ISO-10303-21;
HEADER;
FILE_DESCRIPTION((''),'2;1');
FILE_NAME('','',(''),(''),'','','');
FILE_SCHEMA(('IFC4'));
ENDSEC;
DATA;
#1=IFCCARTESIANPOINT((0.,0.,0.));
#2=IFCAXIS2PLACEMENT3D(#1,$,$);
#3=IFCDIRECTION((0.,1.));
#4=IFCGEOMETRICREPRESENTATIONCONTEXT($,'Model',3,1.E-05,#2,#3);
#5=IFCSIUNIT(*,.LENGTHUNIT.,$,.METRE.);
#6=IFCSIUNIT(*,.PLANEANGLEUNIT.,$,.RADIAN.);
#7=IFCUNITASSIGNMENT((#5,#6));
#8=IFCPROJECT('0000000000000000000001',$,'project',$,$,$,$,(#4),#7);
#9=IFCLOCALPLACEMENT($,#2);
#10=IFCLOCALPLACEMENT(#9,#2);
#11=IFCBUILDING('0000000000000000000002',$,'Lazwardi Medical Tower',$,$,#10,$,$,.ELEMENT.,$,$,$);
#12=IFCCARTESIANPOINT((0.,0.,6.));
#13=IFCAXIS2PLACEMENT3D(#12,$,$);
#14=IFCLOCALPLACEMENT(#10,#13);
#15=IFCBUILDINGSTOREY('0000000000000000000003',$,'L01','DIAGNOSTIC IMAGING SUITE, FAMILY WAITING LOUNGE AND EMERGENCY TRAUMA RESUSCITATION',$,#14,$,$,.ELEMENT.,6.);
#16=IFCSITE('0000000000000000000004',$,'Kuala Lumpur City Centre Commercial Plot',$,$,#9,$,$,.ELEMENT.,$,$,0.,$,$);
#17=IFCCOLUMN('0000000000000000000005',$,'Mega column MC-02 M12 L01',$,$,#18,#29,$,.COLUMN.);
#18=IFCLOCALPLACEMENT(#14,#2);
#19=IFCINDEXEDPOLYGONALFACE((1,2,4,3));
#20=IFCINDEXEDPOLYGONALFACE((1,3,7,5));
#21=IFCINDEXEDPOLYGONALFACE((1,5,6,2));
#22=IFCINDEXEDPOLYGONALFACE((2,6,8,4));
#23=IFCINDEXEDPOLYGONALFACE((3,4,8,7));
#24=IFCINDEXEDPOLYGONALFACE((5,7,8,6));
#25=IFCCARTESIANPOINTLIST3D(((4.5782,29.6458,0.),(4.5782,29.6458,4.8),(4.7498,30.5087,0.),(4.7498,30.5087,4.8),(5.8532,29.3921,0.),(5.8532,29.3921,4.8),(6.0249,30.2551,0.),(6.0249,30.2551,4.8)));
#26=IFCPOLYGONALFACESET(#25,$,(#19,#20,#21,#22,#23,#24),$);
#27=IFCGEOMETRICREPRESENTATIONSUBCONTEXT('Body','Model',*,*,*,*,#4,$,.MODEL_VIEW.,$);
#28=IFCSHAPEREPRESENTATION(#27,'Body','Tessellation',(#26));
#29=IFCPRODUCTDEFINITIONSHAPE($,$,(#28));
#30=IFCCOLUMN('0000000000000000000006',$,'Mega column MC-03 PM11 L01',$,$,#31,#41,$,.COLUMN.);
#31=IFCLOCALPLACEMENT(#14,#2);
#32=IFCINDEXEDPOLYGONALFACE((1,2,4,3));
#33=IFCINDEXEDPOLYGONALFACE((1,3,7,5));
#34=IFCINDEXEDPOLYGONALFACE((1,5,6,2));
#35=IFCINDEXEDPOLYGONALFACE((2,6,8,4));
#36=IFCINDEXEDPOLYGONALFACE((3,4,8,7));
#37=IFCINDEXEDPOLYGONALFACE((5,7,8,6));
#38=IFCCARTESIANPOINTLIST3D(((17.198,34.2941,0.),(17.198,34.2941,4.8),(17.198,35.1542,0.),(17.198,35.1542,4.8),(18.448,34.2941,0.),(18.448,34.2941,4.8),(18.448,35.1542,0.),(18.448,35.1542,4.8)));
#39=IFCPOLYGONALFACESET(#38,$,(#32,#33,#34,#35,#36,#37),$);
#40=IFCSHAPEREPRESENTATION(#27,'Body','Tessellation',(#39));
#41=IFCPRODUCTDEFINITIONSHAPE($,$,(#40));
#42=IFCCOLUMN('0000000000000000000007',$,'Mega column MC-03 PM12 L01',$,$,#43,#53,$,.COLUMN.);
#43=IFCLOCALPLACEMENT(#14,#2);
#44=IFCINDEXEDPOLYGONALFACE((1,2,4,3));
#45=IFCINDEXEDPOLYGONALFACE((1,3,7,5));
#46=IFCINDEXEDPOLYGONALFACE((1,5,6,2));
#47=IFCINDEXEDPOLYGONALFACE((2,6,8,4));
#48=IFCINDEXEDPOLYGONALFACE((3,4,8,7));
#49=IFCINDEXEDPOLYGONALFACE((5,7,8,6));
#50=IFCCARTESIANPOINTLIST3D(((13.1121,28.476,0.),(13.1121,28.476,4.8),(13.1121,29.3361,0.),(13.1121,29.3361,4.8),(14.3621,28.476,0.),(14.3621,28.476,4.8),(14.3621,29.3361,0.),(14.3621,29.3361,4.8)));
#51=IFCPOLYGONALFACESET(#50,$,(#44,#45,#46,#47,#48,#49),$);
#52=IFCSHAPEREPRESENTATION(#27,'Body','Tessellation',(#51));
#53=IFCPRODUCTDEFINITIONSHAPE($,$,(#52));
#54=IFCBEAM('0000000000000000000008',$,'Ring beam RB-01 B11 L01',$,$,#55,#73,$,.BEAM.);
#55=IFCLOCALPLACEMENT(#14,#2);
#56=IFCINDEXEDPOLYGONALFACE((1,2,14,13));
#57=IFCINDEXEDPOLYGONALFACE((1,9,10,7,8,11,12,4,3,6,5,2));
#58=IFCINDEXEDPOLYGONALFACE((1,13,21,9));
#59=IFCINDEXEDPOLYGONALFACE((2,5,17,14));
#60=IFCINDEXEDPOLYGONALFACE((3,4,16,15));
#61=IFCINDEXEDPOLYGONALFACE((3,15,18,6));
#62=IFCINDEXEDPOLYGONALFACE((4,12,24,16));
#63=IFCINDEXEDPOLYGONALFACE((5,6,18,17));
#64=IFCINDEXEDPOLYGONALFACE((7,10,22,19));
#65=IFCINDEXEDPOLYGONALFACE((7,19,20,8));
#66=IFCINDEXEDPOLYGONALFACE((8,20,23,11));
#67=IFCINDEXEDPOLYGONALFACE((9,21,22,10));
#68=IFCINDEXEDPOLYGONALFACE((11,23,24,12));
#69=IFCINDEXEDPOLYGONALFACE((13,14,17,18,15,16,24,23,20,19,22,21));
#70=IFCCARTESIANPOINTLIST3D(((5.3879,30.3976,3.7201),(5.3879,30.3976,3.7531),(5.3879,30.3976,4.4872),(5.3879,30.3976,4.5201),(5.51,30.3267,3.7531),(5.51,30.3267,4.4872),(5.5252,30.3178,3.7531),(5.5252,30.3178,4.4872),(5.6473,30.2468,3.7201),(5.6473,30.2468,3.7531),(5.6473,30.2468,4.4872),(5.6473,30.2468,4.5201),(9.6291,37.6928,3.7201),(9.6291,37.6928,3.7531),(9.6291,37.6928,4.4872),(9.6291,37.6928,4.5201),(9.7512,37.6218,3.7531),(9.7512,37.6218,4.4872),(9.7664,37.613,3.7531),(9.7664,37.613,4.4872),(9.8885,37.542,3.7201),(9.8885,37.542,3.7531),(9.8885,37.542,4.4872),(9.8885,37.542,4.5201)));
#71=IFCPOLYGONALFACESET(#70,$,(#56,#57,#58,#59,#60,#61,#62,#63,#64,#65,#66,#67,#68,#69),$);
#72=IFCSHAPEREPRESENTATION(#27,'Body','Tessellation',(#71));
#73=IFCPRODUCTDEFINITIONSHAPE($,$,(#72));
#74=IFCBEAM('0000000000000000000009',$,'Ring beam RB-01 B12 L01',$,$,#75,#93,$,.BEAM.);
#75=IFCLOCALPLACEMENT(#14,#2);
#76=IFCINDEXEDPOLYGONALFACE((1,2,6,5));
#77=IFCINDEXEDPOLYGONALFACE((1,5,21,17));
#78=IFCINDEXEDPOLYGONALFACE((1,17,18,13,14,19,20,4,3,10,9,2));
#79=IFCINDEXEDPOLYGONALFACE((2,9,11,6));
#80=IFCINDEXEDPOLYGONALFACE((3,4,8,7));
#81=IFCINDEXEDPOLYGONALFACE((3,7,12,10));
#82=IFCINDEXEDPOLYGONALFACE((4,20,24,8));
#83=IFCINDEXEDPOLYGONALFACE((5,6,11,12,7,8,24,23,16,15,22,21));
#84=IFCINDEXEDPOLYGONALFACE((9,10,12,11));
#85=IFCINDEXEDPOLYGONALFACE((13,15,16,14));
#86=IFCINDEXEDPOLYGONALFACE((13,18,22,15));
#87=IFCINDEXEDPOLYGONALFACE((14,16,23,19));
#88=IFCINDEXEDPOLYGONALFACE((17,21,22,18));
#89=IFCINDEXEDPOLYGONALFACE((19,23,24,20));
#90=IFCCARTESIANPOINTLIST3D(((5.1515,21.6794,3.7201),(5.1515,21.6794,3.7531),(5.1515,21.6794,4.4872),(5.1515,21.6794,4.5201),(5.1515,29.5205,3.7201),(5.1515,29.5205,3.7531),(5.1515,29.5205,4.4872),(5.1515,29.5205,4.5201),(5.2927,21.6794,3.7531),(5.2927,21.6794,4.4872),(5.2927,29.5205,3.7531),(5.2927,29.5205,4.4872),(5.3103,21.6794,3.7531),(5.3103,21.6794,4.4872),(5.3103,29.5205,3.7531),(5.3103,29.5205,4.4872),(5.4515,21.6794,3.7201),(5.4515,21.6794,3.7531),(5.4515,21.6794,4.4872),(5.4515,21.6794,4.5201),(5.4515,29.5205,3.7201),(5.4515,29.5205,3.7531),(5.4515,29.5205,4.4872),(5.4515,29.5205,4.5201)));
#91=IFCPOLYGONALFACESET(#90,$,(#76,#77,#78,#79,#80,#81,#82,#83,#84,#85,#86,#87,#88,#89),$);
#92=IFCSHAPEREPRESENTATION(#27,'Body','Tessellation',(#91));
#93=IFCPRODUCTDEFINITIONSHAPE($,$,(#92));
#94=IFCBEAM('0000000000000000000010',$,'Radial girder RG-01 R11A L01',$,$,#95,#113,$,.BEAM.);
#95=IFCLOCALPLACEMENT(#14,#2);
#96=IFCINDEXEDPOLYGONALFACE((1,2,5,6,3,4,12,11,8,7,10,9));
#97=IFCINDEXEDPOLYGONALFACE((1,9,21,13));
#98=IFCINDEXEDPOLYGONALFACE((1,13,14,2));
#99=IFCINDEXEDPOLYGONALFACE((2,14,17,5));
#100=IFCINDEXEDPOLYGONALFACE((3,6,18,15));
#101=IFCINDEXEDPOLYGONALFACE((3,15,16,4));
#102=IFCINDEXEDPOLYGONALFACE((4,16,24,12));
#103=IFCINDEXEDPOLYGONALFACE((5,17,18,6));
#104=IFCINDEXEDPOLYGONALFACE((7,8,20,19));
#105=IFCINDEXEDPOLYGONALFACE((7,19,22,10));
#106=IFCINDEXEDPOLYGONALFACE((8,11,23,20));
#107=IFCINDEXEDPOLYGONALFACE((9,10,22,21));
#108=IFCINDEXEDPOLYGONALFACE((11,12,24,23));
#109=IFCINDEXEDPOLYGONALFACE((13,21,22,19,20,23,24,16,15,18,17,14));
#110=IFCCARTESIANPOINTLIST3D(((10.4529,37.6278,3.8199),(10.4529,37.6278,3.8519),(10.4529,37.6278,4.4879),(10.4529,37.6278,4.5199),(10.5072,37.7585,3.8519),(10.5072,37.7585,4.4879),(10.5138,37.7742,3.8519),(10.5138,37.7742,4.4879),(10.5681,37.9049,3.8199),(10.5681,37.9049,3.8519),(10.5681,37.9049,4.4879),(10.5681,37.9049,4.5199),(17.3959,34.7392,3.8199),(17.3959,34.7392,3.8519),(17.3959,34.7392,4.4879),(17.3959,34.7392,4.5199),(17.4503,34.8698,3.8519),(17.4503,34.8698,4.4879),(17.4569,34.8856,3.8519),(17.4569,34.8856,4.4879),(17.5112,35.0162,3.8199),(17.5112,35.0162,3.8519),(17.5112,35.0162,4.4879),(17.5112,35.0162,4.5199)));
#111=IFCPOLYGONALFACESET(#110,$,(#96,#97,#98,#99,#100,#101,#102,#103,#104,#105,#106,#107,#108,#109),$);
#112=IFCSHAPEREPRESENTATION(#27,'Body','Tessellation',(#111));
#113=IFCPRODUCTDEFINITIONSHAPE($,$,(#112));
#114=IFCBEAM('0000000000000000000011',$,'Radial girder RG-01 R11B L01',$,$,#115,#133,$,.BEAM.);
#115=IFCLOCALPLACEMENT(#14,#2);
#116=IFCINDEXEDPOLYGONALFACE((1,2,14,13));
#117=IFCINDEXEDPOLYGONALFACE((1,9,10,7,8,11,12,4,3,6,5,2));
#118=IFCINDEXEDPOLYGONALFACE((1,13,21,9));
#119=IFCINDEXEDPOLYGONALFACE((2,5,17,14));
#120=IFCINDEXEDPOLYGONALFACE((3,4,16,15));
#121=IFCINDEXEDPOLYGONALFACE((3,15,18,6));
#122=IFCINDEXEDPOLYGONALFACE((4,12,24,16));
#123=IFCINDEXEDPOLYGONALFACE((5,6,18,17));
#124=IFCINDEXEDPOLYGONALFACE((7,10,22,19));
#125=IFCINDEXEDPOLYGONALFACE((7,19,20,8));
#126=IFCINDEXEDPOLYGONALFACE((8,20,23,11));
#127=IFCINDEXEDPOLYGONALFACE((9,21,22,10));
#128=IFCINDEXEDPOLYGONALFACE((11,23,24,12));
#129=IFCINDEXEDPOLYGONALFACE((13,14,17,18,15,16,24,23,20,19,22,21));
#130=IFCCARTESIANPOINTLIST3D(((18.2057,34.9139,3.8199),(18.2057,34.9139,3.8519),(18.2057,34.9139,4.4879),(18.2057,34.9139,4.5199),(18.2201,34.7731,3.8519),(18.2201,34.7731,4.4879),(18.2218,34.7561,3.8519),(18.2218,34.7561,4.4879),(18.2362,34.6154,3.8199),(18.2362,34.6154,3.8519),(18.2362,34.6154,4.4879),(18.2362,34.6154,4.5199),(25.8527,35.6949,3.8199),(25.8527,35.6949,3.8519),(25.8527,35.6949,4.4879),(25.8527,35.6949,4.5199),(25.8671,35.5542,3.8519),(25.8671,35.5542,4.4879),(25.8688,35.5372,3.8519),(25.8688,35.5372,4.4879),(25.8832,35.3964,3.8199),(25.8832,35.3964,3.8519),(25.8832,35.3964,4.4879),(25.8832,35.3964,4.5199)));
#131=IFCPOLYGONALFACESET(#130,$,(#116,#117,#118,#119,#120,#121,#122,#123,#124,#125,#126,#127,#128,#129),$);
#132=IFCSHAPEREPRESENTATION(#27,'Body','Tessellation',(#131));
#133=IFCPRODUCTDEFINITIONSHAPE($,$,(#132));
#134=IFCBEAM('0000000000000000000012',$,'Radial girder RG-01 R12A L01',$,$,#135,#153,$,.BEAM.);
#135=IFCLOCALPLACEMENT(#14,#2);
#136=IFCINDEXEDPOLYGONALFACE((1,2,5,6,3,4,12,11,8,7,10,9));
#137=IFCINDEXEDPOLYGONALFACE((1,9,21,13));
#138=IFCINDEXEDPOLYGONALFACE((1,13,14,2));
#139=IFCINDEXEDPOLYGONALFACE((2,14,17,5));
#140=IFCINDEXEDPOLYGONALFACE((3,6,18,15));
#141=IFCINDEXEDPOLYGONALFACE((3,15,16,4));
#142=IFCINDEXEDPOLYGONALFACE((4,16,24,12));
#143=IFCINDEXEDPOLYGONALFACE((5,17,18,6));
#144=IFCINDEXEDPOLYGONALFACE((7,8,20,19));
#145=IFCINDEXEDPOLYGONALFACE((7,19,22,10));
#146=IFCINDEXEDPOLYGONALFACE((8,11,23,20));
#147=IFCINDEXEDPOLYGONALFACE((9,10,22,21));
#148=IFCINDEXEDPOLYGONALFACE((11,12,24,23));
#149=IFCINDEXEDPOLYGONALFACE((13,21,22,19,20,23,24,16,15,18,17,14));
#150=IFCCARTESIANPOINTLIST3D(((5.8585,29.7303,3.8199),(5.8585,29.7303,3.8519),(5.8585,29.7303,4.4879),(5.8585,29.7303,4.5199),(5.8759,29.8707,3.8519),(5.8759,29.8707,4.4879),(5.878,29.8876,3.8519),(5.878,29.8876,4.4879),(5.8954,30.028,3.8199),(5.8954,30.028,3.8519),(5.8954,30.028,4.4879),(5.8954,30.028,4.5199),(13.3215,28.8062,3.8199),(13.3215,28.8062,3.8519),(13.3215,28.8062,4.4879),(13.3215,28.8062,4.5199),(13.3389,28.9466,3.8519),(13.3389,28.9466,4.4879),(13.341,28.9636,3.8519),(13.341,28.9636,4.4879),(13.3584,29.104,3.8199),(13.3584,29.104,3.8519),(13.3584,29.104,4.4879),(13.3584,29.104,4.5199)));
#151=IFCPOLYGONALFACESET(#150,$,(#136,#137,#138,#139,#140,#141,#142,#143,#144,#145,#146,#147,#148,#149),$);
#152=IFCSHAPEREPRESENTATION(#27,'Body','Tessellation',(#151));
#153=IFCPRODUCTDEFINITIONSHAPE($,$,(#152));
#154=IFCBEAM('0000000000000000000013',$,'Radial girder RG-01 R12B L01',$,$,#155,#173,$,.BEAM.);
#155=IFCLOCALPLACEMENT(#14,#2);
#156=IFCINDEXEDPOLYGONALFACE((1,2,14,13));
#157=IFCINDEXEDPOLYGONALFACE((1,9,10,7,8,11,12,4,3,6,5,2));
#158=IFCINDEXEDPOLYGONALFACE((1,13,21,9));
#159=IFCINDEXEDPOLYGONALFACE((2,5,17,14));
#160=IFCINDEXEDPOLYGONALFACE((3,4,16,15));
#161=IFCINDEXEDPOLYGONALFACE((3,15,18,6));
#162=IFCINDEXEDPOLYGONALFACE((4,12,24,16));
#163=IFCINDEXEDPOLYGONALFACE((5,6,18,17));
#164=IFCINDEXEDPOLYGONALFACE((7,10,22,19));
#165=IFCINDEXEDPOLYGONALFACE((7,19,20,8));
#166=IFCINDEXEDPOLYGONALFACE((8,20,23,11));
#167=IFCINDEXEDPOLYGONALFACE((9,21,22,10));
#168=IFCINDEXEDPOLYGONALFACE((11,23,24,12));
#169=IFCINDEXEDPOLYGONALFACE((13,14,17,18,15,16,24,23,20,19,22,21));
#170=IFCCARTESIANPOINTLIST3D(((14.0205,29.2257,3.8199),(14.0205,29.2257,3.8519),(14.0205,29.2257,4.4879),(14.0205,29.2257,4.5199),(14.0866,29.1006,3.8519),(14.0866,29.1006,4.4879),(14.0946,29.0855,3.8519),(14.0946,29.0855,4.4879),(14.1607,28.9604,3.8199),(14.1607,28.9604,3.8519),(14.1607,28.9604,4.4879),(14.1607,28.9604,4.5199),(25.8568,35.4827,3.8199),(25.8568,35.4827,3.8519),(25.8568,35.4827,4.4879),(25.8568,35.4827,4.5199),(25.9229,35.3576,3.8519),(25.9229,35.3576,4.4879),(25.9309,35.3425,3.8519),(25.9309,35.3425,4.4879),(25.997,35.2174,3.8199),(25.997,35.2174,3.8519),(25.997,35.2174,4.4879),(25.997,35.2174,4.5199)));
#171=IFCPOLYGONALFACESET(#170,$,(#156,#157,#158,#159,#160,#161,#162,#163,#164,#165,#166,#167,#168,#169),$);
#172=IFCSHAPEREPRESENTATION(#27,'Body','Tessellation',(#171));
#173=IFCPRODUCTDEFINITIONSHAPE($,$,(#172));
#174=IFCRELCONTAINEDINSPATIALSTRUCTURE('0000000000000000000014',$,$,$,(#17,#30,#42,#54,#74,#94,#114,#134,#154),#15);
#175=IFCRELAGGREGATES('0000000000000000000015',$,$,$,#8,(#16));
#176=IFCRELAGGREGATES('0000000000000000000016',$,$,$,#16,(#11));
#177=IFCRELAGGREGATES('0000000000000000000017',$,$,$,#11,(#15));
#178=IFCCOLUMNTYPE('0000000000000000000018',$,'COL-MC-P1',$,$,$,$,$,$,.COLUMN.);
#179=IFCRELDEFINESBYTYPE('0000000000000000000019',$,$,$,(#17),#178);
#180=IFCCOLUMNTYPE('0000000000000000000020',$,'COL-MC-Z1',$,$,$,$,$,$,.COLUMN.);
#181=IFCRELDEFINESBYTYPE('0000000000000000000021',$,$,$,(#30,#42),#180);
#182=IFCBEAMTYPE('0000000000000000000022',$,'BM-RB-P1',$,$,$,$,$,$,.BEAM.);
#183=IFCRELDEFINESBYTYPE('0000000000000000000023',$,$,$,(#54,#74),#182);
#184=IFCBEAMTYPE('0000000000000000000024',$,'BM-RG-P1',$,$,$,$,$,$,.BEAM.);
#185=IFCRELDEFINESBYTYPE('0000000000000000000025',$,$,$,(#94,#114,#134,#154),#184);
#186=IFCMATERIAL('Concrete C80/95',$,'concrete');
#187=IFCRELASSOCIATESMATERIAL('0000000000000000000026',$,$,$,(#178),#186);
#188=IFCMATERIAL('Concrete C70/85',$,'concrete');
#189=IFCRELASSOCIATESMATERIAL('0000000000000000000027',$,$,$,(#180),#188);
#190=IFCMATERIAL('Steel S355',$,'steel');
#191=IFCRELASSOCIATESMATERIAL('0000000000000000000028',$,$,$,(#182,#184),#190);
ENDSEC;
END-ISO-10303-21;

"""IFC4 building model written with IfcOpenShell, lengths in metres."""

from ifc_helpers import new_model, si_unit, direction, frame, origin, origin_2d, place, context, subcontext, project, spatial, rectangle, i_section, extrude, material, material_profile, profile_set, type_object, element, save


model = new_model("IFC4")

# Units and contexts
model_context = context("Model", 3, precision=1e-05, world=origin(), true_north=direction((0.0, 1.0)))
body_context = subcontext(model_context, "Body", "Model", "MODEL_VIEW")
ifc_project = project(units=[si_unit("LENGTHUNIT", "METRE"), si_unit("PLANEANGLEUNIT", "RADIAN")], contexts=[model_context])

# Site, building, storey
site_placement = place(None, origin())
site = spatial("IfcSite", under=ifc_project, at=site_placement, Name="Kuala Lumpur City Centre Commercial Plot", CompositionType="ELEMENT", RefElevation=0.0)
building_placement = place(site_placement, origin())
building = spatial("IfcBuilding", under=site, at=building_placement, Name="Lazwardi Medical Tower", CompositionType="ELEMENT")
storey_placement = place(building_placement, frame((0.0, 0.0, 6.0)))
storey = spatial("IfcBuildingStorey", under=building, at=storey_placement, Name="L01", Description="DIAGNOSTIC IMAGING SUITE, FAMILY WAITING LOUNGE AND EMERGENCY TRAUMA RESUSCITATION", CompositionType="ELEMENT", Elevation=6.0)

# Columns
ifc_material_1 = material(Name="Concrete C80/95", Category="concrete")
ifc_material_profile_1 = material_profile(ifc_material_1, rectangle(XDim=1.3, YDim=0.8799, at=origin_2d()), Name="CFT-RECT 1300x880")
ifc_profile_set_1 = profile_set([ifc_material_profile_1], Name="Concrete C80/95")
column_type_1 = type_object("IfcColumnType", Name="COL-MC-P1", PredefinedType="COLUMN", material=ifc_profile_set_1)
column_placement = place(storey_placement, frame((5.3015, 29.9504, 0.0), z_axis=(0.0, 0.0, 1.0), x_axis=(-0.980785, 0.19509, 0.0)))
element("IfcColumn", 1, at=column_placement, inside=storey, type_object=column_type_1, Name="Mega column MC-02 M12 L01", PredefinedType="COLUMN", context=body_context, shape_type="SweptSolid", body=[
    extrude(rectangle(XDim=1.3, YDim=0.8799, at=origin_2d()), origin(), (0.0, 0.0, 1.0), 4.8),
])
ifc_material_2 = material(Name="Concrete C70/85", Category="concrete")
ifc_material_profile_2 = material_profile(ifc_material_2, rectangle(XDim=1.25, YDim=0.8601, at=origin_2d()), Name="CFT-RECT 1250x860")
ifc_profile_set_2 = profile_set([ifc_material_profile_2], Name="Concrete C70/85")
column_type_2 = type_object("IfcColumnType", Name="COL-MC-Z1", PredefinedType="COLUMN", material=ifc_profile_set_2)
for number, where, z_axis, x_axis, name in (
    (2, (17.823, 34.7241, 0.0), (0.0, 0.0, 1.0), (1.0, 0.0, 0.0), "Mega column MC-03 PM11 L01"),
    (3, (13.7371, 28.906, 0.0), (0.0, 0.0, 1.0), (1.0, 0.0, 0.0), "Mega column MC-03 PM12 L01"),
):
    element("IfcColumn", number, at=place(storey_placement, frame(where, z_axis=z_axis, x_axis=x_axis)), inside=storey, type_object=column_type_2, Name=name, PredefinedType="COLUMN", context=body_context, shape_type="SweptSolid", body=[
        extrude(rectangle(XDim=1.25, YDim=0.8601, at=origin_2d()), origin(), (0.0, 0.0, 1.0), 4.8),
    ])

# Beams
ifc_material_3 = material(Name="Steel S355", Category="steel")
ifc_material_profile_3 = material_profile(ifc_material_3, i_section(OverallWidth=0.3, OverallDepth=0.8, WebThickness=0.0176, FlangeThickness=0.033, at=origin_2d()), Name="HEB 800")
ifc_profile_set_3 = profile_set([ifc_material_profile_3], Name="Steel S355")
beam_type_1 = type_object("IfcBeamType", Name="BM-RB-P1", PredefinedType="BEAM", material=ifc_profile_set_3)
beam_1_placement = place(storey_placement, frame((9.7588, 37.6174, 4.1201), z_axis=(-0.502606, -0.864516, 0.0), x_axis=(0.864516, -0.502606, 0.0)))
element("IfcBeam", 4, at=beam_1_placement, inside=storey, type_object=beam_type_1, Name="Ring beam RB-01 B11 L01", PredefinedType="BEAM", context=body_context, shape_type="SweptSolid", body=[
    extrude(i_section(OverallWidth=0.3, OverallDepth=0.8, WebThickness=0.0176, FlangeThickness=0.033, at=origin_2d()), origin(), (0.0, 0.0, 1.0), 8.4385),
])
beam_2_placement = place(storey_placement, frame((5.3015, 29.5205, 4.1201), z_axis=(0.0, -1.0, 0.0), x_axis=(1.0, 0.0, 0.0)))
element("IfcBeam", 5, at=beam_2_placement, inside=storey, type_object=beam_type_1, Name="Ring beam RB-01 B12 L01", PredefinedType="BEAM", context=body_context, shape_type="SweptSolid", body=[
    extrude(i_section(OverallWidth=0.3, OverallDepth=0.8, WebThickness=0.0176, FlangeThickness=0.033, at=origin_2d()), origin(), (0.0, 0.0, 1.0), 7.8411),
])
ifc_material_profile_4 = material_profile(ifc_material_3, i_section(OverallWidth=0.3, OverallDepth=0.7, WebThickness=0.0171, FlangeThickness=0.032, at=origin_2d()), Name="HEB 700")
ifc_profile_set_4 = profile_set([ifc_material_profile_4], Name="Steel S355")
beam_type_2 = type_object("IfcBeamType", Name="BM-RG-P1", PredefinedType="BEAM", material=ifc_profile_set_4)
beam_3_placement = place(storey_placement, frame((10.5105, 37.7664, 4.1699), z_axis=(0.923279, -0.384129, 0.0), x_axis=(0.384129, 0.923279, 0.0)))
element("IfcBeam", 6, at=beam_3_placement, inside=storey, type_object=beam_type_2, Name="Radial girder RG-01 R11A L01", PredefinedType="BEAM", context=body_context, shape_type="SweptSolid", body=[
    extrude(i_section(OverallWidth=0.3, OverallDepth=0.7, WebThickness=0.0171, FlangeThickness=0.032, at=origin_2d()), origin(), (0.0, 0.0, 1.0), 7.52),
])
beam_4_placement = place(storey_placement, frame((18.2209, 34.7646, 4.1699), z_axis=(0.994825, 0.101604, 0.0), x_axis=(-0.101604, 0.994825, 0.0)))
element("IfcBeam", 7, at=beam_4_placement, inside=storey, type_object=beam_type_2, Name="Radial girder RG-01 R11B L01", PredefinedType="BEAM", context=body_context, shape_type="SweptSolid", body=[
    extrude(i_section(OverallWidth=0.3, OverallDepth=0.7, WebThickness=0.0171, FlangeThickness=0.032, at=origin_2d()), origin(), (0.0, 0.0, 1.0), 7.6868),
])
beam_5_placement = place(storey_placement, frame((5.877, 29.8792, 4.1699), z_axis=(0.992422, -0.12288, 0.0), x_axis=(0.12288, 0.992422, 0.0)))
element("IfcBeam", 8, at=beam_5_placement, inside=storey, type_object=beam_type_2, Name="Radial girder RG-01 R12A L01", PredefinedType="BEAM", context=body_context, shape_type="SweptSolid", body=[
    extrude(i_section(OverallWidth=0.3, OverallDepth=0.7, WebThickness=0.0171, FlangeThickness=0.032, at=origin_2d()), origin(), (0.0, 0.0, 1.0), 7.52),
])
beam_6_placement = place(storey_placement, frame((14.0906, 29.093, 4.1699), z_axis=(0.884074, 0.467347, 0.0), x_axis=(-0.467347, 0.884074, 0.0)))
element("IfcBeam", 9, at=beam_6_placement, inside=storey, type_object=beam_type_2, Name="Radial girder RG-01 R12B L01", PredefinedType="BEAM", context=body_context, shape_type="SweptSolid", body=[
    extrude(i_section(OverallWidth=0.3, OverallDepth=0.7, WebThickness=0.0171, FlangeThickness=0.032, at=origin_2d()), origin(), (0.0, 0.0, 1.0), 13.3884),
])

save(model, "model.ifc")
